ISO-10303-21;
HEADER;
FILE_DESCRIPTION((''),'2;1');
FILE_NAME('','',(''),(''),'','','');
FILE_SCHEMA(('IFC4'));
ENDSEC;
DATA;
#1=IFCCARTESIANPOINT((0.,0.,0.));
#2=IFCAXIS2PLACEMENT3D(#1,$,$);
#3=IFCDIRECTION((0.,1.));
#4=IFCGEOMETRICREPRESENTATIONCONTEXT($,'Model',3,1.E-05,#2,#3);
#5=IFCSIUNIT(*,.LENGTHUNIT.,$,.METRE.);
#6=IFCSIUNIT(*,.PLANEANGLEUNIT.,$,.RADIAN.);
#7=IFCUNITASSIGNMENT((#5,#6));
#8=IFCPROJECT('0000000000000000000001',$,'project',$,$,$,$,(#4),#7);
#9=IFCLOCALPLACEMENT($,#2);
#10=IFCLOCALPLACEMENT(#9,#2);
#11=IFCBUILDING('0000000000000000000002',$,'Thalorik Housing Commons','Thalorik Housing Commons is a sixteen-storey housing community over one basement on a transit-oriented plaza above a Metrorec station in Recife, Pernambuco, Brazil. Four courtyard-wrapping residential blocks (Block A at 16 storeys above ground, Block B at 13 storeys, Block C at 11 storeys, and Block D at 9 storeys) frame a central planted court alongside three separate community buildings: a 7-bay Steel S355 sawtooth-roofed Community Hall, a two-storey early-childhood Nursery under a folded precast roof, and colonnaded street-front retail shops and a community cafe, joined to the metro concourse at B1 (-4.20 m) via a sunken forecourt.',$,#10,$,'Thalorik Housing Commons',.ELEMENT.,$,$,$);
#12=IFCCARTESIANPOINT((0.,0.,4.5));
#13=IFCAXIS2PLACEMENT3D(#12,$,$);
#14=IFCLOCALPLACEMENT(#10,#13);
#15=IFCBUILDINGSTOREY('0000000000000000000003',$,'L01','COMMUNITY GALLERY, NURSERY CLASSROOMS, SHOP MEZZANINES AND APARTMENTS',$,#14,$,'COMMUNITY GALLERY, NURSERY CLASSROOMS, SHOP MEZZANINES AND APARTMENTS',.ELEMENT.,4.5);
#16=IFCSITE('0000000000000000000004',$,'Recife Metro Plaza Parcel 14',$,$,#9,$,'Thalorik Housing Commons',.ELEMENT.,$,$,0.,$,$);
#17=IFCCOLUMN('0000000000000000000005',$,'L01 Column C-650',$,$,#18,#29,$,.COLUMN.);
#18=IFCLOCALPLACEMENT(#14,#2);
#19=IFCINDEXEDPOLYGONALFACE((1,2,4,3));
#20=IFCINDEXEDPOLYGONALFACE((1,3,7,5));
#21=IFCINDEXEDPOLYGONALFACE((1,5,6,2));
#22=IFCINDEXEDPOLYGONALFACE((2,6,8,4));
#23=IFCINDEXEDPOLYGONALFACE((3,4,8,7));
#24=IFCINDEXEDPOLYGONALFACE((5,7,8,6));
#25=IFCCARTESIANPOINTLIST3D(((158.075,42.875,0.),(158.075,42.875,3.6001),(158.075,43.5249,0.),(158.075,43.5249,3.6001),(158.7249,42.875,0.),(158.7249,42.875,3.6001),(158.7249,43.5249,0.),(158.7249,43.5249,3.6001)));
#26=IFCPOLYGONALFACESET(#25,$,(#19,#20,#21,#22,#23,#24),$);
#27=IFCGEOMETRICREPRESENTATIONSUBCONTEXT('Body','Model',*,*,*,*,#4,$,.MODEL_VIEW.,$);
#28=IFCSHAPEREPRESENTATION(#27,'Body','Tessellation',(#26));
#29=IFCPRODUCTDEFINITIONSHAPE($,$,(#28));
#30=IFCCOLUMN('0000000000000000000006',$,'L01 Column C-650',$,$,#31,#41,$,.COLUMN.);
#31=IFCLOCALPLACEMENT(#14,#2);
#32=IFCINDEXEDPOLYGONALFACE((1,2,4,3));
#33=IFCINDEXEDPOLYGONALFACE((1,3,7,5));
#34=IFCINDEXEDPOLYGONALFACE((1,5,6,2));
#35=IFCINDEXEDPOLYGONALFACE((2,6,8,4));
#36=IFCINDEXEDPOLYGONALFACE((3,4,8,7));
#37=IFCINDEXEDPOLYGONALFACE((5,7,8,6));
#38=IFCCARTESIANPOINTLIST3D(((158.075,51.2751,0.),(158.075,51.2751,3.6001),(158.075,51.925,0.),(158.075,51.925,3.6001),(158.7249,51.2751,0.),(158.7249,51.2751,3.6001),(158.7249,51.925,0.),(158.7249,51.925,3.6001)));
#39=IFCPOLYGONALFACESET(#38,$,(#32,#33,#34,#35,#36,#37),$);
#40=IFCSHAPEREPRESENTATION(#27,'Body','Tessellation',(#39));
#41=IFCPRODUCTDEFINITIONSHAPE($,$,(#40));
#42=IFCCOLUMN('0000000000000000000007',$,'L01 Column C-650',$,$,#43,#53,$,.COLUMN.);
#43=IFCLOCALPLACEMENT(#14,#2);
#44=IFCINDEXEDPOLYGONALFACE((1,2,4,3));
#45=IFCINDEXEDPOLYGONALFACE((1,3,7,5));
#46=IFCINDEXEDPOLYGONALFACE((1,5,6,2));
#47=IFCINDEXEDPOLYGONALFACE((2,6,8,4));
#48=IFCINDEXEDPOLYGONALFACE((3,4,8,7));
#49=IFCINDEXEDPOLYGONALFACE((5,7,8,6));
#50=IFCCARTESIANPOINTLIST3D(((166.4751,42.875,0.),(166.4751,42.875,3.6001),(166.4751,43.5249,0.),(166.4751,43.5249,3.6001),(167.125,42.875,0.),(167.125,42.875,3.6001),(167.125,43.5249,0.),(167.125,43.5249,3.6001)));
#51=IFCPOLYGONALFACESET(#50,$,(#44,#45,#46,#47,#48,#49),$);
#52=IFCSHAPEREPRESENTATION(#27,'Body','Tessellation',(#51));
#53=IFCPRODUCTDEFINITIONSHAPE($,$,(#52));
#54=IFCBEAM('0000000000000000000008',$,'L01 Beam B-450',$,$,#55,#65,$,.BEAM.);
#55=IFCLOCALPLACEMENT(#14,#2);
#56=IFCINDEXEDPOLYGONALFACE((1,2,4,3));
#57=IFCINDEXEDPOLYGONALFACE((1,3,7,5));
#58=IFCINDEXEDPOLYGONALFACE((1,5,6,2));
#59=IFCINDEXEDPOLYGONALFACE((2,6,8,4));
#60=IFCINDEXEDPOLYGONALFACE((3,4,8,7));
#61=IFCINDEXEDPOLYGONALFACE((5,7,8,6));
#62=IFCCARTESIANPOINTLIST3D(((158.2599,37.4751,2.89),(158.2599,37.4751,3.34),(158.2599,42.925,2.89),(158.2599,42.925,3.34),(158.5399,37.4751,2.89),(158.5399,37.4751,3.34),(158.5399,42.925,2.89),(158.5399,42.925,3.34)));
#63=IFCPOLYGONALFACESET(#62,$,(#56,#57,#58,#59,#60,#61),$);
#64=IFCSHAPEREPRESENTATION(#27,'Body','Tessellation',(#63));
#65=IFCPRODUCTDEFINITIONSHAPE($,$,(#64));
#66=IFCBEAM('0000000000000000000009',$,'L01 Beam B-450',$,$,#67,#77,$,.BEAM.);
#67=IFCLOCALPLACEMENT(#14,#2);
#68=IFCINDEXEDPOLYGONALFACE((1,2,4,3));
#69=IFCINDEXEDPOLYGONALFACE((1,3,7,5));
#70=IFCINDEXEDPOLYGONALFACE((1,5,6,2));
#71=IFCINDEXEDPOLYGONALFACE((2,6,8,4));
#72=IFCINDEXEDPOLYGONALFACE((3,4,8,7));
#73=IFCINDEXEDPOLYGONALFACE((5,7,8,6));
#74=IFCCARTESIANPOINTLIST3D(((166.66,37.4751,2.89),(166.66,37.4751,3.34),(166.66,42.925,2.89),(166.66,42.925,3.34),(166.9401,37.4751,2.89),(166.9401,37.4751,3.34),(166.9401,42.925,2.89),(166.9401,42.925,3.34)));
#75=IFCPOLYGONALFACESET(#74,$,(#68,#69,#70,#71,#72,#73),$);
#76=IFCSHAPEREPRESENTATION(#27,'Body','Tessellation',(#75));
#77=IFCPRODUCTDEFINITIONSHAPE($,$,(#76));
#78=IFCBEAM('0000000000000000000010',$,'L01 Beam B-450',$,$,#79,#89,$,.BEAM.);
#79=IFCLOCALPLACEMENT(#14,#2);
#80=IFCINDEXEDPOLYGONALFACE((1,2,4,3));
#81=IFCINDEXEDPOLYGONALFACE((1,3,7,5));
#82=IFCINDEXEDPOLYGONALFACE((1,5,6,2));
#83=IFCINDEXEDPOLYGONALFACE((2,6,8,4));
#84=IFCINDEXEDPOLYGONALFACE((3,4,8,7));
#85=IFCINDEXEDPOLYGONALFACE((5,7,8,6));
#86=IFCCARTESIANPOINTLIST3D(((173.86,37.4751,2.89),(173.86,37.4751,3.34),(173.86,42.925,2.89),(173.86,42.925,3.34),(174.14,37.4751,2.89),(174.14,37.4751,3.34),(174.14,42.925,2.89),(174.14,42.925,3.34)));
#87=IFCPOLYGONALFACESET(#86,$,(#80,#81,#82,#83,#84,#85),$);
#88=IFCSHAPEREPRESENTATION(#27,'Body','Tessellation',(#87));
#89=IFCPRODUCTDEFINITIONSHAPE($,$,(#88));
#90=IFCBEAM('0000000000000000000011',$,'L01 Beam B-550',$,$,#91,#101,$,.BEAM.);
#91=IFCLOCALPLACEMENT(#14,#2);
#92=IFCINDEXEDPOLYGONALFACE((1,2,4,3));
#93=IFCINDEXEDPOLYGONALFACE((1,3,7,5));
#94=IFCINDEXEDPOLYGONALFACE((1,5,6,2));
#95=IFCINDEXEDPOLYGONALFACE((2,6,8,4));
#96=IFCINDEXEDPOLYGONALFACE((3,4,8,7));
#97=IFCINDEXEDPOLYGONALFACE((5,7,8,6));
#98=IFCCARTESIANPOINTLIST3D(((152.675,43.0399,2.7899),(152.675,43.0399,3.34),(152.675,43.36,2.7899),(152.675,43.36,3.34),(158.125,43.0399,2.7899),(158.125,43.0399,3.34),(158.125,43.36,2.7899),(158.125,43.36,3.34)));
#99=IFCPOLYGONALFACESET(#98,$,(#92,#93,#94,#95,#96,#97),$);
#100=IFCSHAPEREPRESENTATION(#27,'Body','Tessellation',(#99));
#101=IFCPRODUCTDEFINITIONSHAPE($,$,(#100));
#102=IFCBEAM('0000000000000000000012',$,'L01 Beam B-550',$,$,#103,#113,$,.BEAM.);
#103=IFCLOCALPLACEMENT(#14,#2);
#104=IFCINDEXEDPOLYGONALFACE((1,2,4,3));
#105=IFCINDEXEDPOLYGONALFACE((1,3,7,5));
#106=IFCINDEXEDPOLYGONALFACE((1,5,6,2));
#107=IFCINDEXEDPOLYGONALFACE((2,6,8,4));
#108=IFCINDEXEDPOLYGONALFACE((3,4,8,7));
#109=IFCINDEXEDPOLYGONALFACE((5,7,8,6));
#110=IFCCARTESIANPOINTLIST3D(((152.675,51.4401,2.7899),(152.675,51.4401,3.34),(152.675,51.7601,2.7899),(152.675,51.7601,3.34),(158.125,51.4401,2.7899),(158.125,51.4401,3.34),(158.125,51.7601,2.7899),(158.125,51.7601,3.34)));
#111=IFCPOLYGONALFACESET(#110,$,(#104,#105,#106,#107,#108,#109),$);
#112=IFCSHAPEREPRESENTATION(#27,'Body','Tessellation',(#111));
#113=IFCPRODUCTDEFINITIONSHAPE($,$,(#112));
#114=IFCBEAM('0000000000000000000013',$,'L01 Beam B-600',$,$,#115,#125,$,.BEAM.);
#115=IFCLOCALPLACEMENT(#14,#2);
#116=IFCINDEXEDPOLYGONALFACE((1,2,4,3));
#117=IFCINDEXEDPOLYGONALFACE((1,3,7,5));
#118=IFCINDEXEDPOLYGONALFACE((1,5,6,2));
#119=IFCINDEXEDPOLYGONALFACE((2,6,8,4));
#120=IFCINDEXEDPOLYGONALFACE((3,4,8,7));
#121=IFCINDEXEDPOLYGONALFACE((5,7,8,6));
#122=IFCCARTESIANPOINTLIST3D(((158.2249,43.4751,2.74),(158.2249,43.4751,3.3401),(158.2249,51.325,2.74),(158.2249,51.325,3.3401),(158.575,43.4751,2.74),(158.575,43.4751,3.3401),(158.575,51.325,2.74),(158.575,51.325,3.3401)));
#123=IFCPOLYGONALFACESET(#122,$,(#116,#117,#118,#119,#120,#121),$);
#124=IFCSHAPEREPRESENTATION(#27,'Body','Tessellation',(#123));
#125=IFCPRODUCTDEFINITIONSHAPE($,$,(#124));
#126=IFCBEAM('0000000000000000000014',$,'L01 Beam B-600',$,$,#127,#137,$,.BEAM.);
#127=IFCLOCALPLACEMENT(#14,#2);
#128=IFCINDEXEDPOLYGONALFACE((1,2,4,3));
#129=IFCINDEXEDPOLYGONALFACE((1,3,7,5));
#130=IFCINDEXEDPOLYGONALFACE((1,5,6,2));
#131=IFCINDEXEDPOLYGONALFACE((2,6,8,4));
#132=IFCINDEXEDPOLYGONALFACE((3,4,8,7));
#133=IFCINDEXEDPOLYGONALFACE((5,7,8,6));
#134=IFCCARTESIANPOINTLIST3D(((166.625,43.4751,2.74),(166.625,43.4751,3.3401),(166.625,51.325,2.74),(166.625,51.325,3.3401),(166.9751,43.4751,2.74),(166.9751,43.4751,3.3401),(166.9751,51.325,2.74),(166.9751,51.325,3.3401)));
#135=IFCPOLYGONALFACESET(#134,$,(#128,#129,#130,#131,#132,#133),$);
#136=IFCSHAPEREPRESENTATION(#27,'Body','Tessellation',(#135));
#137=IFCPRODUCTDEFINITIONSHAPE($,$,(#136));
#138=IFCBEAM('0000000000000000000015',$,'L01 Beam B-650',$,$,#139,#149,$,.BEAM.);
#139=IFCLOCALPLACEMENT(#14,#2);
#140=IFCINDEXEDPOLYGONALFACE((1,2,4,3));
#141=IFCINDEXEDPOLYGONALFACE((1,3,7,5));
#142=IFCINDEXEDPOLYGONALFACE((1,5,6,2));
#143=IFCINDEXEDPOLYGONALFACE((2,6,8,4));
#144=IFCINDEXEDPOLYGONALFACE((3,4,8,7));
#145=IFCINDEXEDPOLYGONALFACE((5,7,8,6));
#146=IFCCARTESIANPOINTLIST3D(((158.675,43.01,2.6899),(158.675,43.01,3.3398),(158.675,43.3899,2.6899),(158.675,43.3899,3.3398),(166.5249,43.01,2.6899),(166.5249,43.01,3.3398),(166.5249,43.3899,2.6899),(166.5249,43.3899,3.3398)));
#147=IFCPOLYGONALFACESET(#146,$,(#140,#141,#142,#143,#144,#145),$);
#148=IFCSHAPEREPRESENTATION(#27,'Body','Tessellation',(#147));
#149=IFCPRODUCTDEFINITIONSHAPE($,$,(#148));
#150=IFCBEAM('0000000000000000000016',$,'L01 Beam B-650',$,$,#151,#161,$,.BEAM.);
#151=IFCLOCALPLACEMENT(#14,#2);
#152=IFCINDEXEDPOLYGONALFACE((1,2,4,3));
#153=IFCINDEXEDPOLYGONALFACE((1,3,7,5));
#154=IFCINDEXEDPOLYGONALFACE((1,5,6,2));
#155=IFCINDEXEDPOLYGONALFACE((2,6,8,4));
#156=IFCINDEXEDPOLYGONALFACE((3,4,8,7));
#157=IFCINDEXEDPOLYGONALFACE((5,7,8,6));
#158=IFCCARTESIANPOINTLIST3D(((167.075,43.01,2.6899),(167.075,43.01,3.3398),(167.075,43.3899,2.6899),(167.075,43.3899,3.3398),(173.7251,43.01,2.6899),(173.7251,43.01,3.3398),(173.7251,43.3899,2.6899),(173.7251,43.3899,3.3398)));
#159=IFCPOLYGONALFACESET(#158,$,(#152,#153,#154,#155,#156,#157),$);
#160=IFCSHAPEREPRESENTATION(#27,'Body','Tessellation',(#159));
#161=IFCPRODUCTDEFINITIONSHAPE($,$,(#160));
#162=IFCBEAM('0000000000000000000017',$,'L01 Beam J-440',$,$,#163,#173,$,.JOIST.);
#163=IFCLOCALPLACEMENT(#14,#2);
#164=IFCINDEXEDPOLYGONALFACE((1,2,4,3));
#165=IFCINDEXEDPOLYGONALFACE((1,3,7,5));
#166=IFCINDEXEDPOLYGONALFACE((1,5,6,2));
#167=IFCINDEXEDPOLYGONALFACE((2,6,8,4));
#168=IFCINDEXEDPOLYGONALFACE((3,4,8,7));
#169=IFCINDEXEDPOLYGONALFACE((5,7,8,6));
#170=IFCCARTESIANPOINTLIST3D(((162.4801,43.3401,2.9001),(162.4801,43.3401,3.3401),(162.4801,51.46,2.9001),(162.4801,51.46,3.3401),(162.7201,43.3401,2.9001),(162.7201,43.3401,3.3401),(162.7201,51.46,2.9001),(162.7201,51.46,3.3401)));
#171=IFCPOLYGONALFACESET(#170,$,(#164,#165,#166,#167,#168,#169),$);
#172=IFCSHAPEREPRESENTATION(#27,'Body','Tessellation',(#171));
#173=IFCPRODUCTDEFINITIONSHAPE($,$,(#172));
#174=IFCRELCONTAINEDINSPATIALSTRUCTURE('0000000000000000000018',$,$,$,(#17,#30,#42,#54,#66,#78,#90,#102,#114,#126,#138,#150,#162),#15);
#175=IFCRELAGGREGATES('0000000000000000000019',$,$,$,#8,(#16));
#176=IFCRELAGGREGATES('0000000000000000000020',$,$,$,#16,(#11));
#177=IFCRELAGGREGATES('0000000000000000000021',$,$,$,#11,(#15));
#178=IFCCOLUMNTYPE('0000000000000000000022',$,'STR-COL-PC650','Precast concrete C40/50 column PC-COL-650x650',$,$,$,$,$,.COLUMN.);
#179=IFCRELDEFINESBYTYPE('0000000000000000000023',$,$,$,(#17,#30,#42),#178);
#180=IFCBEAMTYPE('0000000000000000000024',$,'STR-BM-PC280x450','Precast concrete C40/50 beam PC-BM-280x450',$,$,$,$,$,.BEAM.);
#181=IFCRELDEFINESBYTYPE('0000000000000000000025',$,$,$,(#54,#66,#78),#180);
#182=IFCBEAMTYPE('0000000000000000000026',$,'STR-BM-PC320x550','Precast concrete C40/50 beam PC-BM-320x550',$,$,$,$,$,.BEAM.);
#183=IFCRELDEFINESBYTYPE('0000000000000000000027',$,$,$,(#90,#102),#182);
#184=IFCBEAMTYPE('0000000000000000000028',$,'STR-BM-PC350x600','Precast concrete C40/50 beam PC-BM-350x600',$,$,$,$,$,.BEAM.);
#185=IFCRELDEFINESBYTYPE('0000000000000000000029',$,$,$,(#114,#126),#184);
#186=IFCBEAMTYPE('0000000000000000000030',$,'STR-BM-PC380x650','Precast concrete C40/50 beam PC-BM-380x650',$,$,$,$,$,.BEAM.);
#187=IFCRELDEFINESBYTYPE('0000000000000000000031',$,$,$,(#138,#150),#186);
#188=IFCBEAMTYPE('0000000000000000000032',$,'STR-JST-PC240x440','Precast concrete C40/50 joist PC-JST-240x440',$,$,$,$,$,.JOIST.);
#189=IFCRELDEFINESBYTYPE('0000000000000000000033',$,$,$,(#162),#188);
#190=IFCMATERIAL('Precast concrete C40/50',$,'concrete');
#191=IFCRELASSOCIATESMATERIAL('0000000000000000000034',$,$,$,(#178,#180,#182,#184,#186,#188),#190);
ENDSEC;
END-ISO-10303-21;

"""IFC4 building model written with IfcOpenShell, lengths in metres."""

from ifc_helpers import new_model, si_unit, direction, frame, origin, origin_2d, place, context, subcontext, project, spatial, rectangle, extrude, material, material_profile, profile_set, type_object, element, save


model = new_model("IFC4")

# Units and contexts
model_context = context("Model", 3, precision=1e-05, world=origin(), true_north=direction((0.0, 1.0)))
body_context = subcontext(model_context, "Body", "Model", "MODEL_VIEW")
ifc_project = project(units=[si_unit("LENGTHUNIT", "METRE"), si_unit("PLANEANGLEUNIT", "RADIAN")], contexts=[model_context])

# Site, building, storey
site_placement = place(None, origin())
site = spatial("IfcSite", under=ifc_project, at=site_placement, Name="Recife Metro Plaza Parcel 14", LongName="Thalorik Housing Commons", CompositionType="ELEMENT", RefElevation=0.0)
building_placement = place(site_placement, origin())
building = spatial("IfcBuilding", under=site, at=building_placement, Name="Thalorik Housing Commons", Description="Thalorik Housing Commons is a sixteen-storey housing community over one basement on a transit-oriented plaza above a Metrorec station in Recife, Pernambuco, Brazil. Four courtyard-wrapping residential blocks (Block A at 16 storeys above ground, Block B at 13 storeys, Block C at 11 storeys, and Block D at 9 storeys) frame a central planted court alongside three separate community buildings: a 7-bay Steel S355 sawtooth-roofed Community Hall, a two-storey early-childhood Nursery under a folded precast roof, and colonnaded street-front retail shops and a community cafe, joined to the metro concourse at B1 (-4.20 m) via a sunken forecourt.", LongName="Thalorik Housing Commons", CompositionType="ELEMENT")
storey_placement = place(building_placement, frame((0.0, 0.0, 4.5)))
storey = spatial("IfcBuildingStorey", under=building, at=storey_placement, Name="L01", Description="COMMUNITY GALLERY, NURSERY CLASSROOMS, SHOP MEZZANINES AND APARTMENTS", LongName="COMMUNITY GALLERY, NURSERY CLASSROOMS, SHOP MEZZANINES AND APARTMENTS", CompositionType="ELEMENT", Elevation=4.5)

# Columns
ifc_material_1 = material(Name="Precast concrete C40/50", Category="concrete")
ifc_material_profile_1 = material_profile(ifc_material_1, rectangle(XDim=0.6499, YDim=0.6499, at=origin_2d()), Name="PC 650x650", Category="concrete")
ifc_profile_set_1 = profile_set([ifc_material_profile_1], Name="Precast concrete C40/50")
column_type = type_object("IfcColumnType", Name="STR-COL-PC650", Description="Precast concrete C40/50 column PC-COL-650x650", PredefinedType="COLUMN", material=ifc_profile_set_1)
for number, where, z_axis, x_axis, name in (
    (1, (158.3999, 43.2, 0.0), (0.0, 0.0, 1.0), (1.0, 0.0, 0.0), "L01 Column C-650"),
    (2, (158.3999, 51.6001, 0.0), (0.0, 0.0, 1.0), (1.0, 0.0, 0.0), "L01 Column C-650"),
    (3, (166.8, 43.2, 0.0), (0.0, 0.0, 1.0), (1.0, 0.0, 0.0), "L01 Column C-650"),
):
    element("IfcColumn", number, at=place(storey_placement, frame(where, z_axis=z_axis, x_axis=x_axis)), inside=storey, type_object=column_type, Name=name, PredefinedType="COLUMN", context=body_context, shape_type="SweptSolid", body=[
        extrude(rectangle(XDim=0.6499, YDim=0.6499, at=origin_2d()), origin(), (0.0, 0.0, 1.0), 3.6001),
    ])

# Beams
ifc_material_profile_2 = material_profile(ifc_material_1, rectangle(XDim=0.28, YDim=0.45, at=origin_2d()), Name="PC 280x450", Category="concrete")
ifc_profile_set_2 = profile_set([ifc_material_profile_2], Name="Precast concrete C40/50")
beam_type_1 = type_object("IfcBeamType", Name="STR-BM-PC280x450", Description="Precast concrete C40/50 beam PC-BM-280x450", PredefinedType="BEAM", material=ifc_profile_set_2)
for number, where, z_axis, x_axis, name in (
    (4, (158.3999, 37.4751, 3.115), (0.0, 1.0, 0.0), (-1.0, 0.0, 0.0), "L01 Beam B-450"),
    (5, (166.8, 37.4751, 3.115), (0.0, 1.0, 0.0), (-1.0, 0.0, 0.0), "L01 Beam B-450"),
    (6, (174.0, 37.4751, 3.115), (0.0, 1.0, 0.0), (-1.0, 0.0, 0.0), "L01 Beam B-450"),
):
    element("IfcBeam", number, at=place(storey_placement, frame(where, z_axis=z_axis, x_axis=x_axis)), inside=storey, type_object=beam_type_1, Name=name, PredefinedType="BEAM", context=body_context, shape_type="SweptSolid", body=[
        extrude(rectangle(XDim=0.28, YDim=0.45, at=origin_2d()), origin(), (0.0, 0.0, 1.0), 5.45),
    ])
ifc_material_profile_3 = material_profile(ifc_material_1, rectangle(XDim=0.3201, YDim=0.55, at=origin_2d()), Name="PC 320x550", Category="concrete")
ifc_profile_set_3 = profile_set([ifc_material_profile_3], Name="Precast concrete C40/50")
beam_type_2 = type_object("IfcBeamType", Name="STR-BM-PC320x550", Description="Precast concrete C40/50 beam PC-BM-320x550", PredefinedType="BEAM", material=ifc_profile_set_3)
for number, where, z_axis, x_axis, name in (
    (7, (152.675, 43.2, 3.0649), (1.0, 0.0, 0.0), (0.0, 1.0, 0.0), "L01 Beam B-550"),
    (8, (152.675, 51.6001, 3.0649), (1.0, 0.0, 0.0), (0.0, 1.0, 0.0), "L01 Beam B-550"),
):
    element("IfcBeam", number, at=place(storey_placement, frame(where, z_axis=z_axis, x_axis=x_axis)), inside=storey, type_object=beam_type_2, Name=name, PredefinedType="BEAM", context=body_context, shape_type="SweptSolid", body=[
        extrude(rectangle(XDim=0.3201, YDim=0.55, at=origin_2d()), origin(), (0.0, 0.0, 1.0), 5.45),
    ])
ifc_material_profile_4 = material_profile(ifc_material_1, rectangle(XDim=0.3501, YDim=0.6001, at=origin_2d()), Name="PC 350x600", Category="concrete")
ifc_profile_set_4 = profile_set([ifc_material_profile_4], Name="Precast concrete C40/50")
beam_type_3 = type_object("IfcBeamType", Name="STR-BM-PC350x600", Description="Precast concrete C40/50 beam PC-BM-350x600", PredefinedType="BEAM", material=ifc_profile_set_4)
for number, where, z_axis, x_axis, name in (
    (9, (158.3999, 43.4751, 3.04), (0.0, 1.0, 0.0), (-1.0, 0.0, 0.0), "L01 Beam B-600"),
    (10, (166.8, 43.4751, 3.04), (0.0, 1.0, 0.0), (-1.0, 0.0, 0.0), "L01 Beam B-600"),
):
    element("IfcBeam", number, at=place(storey_placement, frame(where, z_axis=z_axis, x_axis=x_axis)), inside=storey, type_object=beam_type_3, Name=name, PredefinedType="BEAM", context=body_context, shape_type="SweptSolid", body=[
        extrude(rectangle(XDim=0.3501, YDim=0.6001, at=origin_2d()), origin(), (0.0, 0.0, 1.0), 7.8499),
    ])
ifc_material_profile_5 = material_profile(ifc_material_1, rectangle(XDim=0.3799, YDim=0.6499, at=origin_2d()), Name="PC 380x650", Category="concrete")
ifc_profile_set_5 = profile_set([ifc_material_profile_5], Name="Precast concrete C40/50")
beam_type_4 = type_object("IfcBeamType", Name="STR-BM-PC380x650", Description="Precast concrete C40/50 beam PC-BM-380x650", PredefinedType="BEAM", material=ifc_profile_set_5)
beam_1_placement = place(storey_placement, frame((158.675, 43.2, 3.0149), z_axis=(1.0, 0.0, 0.0), x_axis=(0.0, 1.0, 0.0)))
element("IfcBeam", 11, at=beam_1_placement, inside=storey, type_object=beam_type_4, Name="L01 Beam B-650", PredefinedType="BEAM", context=body_context, shape_type="SweptSolid", body=[
    extrude(rectangle(XDim=0.3799, YDim=0.6499, at=origin_2d()), origin(), (0.0, 0.0, 1.0), 7.8499),
])
beam_2_placement = place(storey_placement, frame((167.075, 43.2, 3.0149), z_axis=(1.0, 0.0, 0.0), x_axis=(0.0, 1.0, 0.0)))
element("IfcBeam", 12, at=beam_2_placement, inside=storey, type_object=beam_type_4, Name="L01 Beam B-650", PredefinedType="BEAM", context=body_context, shape_type="SweptSolid", body=[
    extrude(rectangle(XDim=0.3799, YDim=0.6499, at=origin_2d()), origin(), (0.0, 0.0, 1.0), 6.6501),
])
ifc_material_profile_6 = material_profile(ifc_material_1, rectangle(XDim=0.24, YDim=0.4399, at=origin_2d()), Name="PC JST 240x440", Category="concrete")
ifc_profile_set_6 = profile_set([ifc_material_profile_6], Name="Precast concrete C40/50")
beam_type_5 = type_object("IfcBeamType", Name="STR-JST-PC240x440", Description="Precast concrete C40/50 joist PC-JST-240x440", PredefinedType="JOIST", material=ifc_profile_set_6)
beam_3_placement = place(storey_placement, frame((162.6001, 43.3401, 3.1201), z_axis=(0.0, 1.0, 0.0), x_axis=(-1.0, 0.0, 0.0)))
element("IfcBeam", 13, at=beam_3_placement, inside=storey, type_object=beam_type_5, Name="L01 Beam J-440", PredefinedType="JOIST", context=body_context, shape_type="SweptSolid", body=[
    extrude(rectangle(XDim=0.24, YDim=0.4399, at=origin_2d()), origin(), (0.0, 0.0, 1.0), 8.1199),
])

save(model, "model.ifc")
